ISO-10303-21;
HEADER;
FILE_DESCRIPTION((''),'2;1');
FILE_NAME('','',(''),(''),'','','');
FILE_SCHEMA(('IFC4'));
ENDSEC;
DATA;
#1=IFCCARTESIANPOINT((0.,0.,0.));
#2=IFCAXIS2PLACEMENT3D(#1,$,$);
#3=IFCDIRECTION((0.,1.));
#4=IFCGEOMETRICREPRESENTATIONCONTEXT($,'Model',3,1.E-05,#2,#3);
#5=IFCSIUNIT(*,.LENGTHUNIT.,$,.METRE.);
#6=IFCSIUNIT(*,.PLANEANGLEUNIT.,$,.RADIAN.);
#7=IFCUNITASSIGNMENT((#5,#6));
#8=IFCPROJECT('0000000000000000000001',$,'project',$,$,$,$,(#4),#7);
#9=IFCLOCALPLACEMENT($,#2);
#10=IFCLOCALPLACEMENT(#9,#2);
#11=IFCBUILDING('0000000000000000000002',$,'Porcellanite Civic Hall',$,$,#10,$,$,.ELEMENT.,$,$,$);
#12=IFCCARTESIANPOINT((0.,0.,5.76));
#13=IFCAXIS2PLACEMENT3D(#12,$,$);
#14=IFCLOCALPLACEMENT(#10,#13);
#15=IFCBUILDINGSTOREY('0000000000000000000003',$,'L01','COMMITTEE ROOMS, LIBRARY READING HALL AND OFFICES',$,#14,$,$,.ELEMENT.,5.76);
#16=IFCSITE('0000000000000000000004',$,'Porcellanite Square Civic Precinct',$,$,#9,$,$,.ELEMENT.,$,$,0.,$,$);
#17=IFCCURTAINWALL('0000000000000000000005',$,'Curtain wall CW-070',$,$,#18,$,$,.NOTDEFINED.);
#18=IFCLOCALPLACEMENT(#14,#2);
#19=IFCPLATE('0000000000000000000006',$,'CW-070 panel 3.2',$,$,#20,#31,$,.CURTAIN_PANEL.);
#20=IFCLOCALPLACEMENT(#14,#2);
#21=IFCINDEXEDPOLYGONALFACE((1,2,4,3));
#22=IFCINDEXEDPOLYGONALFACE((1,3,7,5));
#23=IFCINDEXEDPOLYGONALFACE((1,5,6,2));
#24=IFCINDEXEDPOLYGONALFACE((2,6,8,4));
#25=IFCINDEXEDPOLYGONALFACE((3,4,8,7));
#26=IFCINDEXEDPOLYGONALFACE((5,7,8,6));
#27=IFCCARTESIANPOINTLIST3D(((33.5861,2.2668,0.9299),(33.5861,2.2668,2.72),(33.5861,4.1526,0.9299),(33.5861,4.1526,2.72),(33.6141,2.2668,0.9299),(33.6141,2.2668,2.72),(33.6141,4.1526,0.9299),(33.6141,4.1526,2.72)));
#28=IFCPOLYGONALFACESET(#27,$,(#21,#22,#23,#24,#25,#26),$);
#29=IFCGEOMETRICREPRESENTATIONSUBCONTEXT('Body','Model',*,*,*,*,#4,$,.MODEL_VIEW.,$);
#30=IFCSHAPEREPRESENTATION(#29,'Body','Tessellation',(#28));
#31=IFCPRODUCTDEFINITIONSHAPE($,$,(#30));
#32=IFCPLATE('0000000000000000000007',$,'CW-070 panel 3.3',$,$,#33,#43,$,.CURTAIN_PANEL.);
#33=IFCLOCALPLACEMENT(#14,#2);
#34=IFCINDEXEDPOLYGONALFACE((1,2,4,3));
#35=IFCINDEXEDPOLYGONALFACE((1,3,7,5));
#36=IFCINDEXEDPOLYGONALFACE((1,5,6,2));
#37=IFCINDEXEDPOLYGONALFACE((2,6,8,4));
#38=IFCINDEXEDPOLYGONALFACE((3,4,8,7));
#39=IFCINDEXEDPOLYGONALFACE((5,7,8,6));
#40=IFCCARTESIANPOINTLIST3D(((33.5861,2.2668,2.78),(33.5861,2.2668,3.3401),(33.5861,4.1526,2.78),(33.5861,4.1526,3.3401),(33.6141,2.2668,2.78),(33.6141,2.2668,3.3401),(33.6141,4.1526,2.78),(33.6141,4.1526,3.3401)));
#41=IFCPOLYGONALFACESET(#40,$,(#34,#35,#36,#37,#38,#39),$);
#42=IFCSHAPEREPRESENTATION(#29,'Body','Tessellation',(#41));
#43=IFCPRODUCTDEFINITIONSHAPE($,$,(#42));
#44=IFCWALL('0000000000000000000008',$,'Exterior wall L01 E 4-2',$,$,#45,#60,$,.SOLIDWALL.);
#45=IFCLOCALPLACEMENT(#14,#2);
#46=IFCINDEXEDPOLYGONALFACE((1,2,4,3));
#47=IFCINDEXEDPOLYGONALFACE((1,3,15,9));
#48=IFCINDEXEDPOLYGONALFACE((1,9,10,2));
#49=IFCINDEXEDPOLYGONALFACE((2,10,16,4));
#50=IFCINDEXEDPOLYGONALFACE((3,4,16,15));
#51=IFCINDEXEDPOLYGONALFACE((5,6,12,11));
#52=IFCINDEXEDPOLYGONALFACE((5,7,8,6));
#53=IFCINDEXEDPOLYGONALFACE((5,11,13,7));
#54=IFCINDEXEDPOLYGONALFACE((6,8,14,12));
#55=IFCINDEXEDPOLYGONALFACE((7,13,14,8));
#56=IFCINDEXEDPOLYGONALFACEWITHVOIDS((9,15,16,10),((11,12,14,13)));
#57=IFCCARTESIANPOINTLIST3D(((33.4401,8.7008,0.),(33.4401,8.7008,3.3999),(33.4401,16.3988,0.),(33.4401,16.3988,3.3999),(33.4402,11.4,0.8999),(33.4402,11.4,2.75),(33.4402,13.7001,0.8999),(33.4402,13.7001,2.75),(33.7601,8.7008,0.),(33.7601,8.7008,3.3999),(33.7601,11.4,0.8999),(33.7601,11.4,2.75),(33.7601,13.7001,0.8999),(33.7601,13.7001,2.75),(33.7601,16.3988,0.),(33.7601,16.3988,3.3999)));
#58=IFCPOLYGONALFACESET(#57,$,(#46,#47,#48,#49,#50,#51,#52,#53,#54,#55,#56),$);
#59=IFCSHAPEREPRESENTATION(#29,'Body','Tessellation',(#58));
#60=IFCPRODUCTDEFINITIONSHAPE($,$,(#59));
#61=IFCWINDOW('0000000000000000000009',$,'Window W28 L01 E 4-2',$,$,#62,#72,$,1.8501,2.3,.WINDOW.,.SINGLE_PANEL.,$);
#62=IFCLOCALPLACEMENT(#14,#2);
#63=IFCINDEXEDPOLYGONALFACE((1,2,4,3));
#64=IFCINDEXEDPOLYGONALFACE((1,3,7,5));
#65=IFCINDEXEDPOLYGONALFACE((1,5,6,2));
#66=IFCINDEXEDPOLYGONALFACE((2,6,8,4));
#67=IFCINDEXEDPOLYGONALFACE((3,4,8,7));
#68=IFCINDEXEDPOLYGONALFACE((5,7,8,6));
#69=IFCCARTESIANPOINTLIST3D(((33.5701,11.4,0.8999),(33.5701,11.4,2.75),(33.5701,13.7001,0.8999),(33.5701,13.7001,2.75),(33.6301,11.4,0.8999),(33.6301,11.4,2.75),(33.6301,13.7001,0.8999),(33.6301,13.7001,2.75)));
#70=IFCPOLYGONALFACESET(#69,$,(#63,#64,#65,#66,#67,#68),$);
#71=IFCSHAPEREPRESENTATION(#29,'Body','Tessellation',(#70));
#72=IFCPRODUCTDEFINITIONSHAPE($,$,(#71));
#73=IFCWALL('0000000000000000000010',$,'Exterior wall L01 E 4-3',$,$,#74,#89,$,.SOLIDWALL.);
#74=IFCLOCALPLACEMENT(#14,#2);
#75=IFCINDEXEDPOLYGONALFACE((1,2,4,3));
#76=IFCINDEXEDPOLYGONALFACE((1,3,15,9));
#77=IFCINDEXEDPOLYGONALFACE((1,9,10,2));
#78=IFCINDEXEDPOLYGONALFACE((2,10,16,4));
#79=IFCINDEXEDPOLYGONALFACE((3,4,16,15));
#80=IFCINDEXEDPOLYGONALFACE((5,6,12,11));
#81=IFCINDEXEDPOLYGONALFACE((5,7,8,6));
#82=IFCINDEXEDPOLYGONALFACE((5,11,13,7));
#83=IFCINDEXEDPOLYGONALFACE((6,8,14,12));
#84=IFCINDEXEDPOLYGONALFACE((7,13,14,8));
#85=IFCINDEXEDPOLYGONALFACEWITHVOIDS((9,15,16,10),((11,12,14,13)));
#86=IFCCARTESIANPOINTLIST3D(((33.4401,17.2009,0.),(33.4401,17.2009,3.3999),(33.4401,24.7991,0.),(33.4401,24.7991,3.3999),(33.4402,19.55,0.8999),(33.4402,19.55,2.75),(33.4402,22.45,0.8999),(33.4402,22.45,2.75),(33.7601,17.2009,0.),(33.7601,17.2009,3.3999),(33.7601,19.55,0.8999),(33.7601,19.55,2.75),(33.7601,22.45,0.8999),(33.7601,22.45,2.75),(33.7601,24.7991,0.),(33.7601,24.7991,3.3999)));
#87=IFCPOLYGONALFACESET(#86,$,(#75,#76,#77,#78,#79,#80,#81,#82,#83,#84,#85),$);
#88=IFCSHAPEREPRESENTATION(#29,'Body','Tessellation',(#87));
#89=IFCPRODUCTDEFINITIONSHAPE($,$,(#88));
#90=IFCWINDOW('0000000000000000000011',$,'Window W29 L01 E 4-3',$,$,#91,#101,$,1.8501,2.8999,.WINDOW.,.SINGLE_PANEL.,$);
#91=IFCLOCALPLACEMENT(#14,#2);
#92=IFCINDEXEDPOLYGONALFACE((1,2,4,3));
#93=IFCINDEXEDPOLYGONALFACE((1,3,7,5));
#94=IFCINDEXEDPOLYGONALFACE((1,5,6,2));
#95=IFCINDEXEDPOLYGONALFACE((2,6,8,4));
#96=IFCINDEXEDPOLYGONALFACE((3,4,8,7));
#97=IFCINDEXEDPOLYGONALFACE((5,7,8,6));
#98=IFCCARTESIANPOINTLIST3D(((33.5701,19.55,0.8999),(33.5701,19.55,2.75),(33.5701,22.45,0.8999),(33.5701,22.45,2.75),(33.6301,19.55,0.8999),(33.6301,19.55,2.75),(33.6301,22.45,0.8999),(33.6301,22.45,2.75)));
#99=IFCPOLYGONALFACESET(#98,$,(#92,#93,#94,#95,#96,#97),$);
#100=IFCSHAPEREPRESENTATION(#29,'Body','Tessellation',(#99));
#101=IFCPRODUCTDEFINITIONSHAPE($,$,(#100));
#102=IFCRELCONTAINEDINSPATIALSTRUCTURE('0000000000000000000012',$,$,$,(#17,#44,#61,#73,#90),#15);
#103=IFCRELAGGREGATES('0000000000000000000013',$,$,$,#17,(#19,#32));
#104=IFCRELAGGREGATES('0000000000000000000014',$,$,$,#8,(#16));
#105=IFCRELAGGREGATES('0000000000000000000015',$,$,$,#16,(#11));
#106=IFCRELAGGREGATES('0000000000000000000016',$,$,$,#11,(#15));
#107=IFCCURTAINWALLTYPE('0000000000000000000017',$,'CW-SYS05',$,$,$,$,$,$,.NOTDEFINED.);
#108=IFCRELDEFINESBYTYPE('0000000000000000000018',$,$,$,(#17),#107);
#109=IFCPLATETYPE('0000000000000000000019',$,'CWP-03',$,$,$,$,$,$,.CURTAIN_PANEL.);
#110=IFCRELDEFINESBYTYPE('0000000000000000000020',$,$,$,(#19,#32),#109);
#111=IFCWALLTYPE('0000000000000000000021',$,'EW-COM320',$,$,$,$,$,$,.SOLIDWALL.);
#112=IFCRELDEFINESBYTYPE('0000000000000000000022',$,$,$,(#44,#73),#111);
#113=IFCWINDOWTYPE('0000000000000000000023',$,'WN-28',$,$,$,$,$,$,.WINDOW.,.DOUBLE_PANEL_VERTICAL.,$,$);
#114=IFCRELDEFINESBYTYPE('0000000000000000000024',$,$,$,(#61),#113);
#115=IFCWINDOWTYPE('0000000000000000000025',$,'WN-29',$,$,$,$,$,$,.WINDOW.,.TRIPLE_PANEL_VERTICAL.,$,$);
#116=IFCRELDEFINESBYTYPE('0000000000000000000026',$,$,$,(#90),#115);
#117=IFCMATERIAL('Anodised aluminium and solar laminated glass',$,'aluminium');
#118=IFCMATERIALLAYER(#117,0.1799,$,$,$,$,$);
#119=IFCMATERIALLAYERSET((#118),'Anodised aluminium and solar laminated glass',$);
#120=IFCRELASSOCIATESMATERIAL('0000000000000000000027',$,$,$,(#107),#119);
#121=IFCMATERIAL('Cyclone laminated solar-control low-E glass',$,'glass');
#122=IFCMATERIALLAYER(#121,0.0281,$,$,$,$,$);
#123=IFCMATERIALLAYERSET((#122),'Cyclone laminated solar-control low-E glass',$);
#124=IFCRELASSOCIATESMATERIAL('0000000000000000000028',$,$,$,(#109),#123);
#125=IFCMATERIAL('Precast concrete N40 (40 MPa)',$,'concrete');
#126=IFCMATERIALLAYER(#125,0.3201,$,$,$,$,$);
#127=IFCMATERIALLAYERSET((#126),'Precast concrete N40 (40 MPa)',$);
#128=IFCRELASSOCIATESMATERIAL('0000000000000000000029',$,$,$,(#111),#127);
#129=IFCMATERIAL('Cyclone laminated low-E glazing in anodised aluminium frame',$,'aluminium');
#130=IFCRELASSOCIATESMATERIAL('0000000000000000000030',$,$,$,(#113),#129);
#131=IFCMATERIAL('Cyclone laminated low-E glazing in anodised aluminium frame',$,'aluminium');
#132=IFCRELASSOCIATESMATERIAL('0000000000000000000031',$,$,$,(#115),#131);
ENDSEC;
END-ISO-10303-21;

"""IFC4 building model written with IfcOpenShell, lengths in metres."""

from ifc_helpers import new_model, si_unit, direction, frame, frame_2d, origin, origin_2d, place, context, subcontext, project, spatial, rectangle, extrude, material, layer, layer_set, type_object, element, fill, aggregate, save


model = new_model("IFC4")

# Units and contexts
model_context = context("Model", 3, precision=1e-05, world=origin(), true_north=direction((0.0, 1.0)))
body_context = subcontext(model_context, "Body", "Model", "MODEL_VIEW")
ifc_project = project(units=[si_unit("LENGTHUNIT", "METRE"), si_unit("PLANEANGLEUNIT", "RADIAN")], contexts=[model_context])

# Site, building, storey
site_placement = place(None, origin())
site = spatial("IfcSite", under=ifc_project, at=site_placement, Name="Porcellanite Square Civic Precinct", CompositionType="ELEMENT", RefElevation=0.0)
building_placement = place(site_placement, origin())
building = spatial("IfcBuilding", under=site, at=building_placement, Name="Porcellanite Civic Hall", CompositionType="ELEMENT")
storey_placement = place(building_placement, frame((0.0, 0.0, 5.76)))
storey = spatial("IfcBuildingStorey", under=building, at=storey_placement, Name="L01", Description="COMMITTEE ROOMS, LIBRARY READING HALL AND OFFICES", CompositionType="ELEMENT", Elevation=5.76)

# Curtain wall
ifc_material_1 = material(Name="Anodised aluminium and solar laminated glass", Category="aluminium")
ifc_layer_1 = layer(ifc_material_1, 0.1799)
ifc_layer_set_1 = layer_set([ifc_layer_1], Name="Anodised aluminium and solar laminated glass")
curtain_wall_type = type_object("IfcCurtainWallType", Name="CW-SYS05", PredefinedType="NOTDEFINED", material=ifc_layer_set_1)
curtain_wall_placement = place(storey_placement, origin())
curtain_wall = element("IfcCurtainWall", 1, at=curtain_wall_placement, inside=storey, type_object=curtain_wall_type, Name="Curtain wall CW-070", PredefinedType="NOTDEFINED")

# Plates
ifc_material_2 = material(Name="Cyclone laminated solar-control low-E glass", Category="glass")
ifc_layer_2 = layer(ifc_material_2, 0.0281)
ifc_layer_set_2 = layer_set([ifc_layer_2], Name="Cyclone laminated solar-control low-E glass")
plate_type = type_object("IfcPlateType", Name="CWP-03", PredefinedType="CURTAIN_PANEL", material=ifc_layer_set_2)
plate_1_placement = place(storey_placement, frame((33.6001, 3.2097, 0.9299), z_axis=(0.0, 0.0, 1.0), x_axis=(0.0, -1.0, 0.0)))
plate_1 = element("IfcPlate", 2, at=plate_1_placement, type_object=plate_type, Name="CW-070 panel 3.2", PredefinedType="CURTAIN_PANEL", context=body_context, shape_type="SweptSolid", body=[
    extrude(rectangle(XDim=1.8857, YDim=0.0281, at=origin_2d()), origin(), (0.0, 0.0, 1.0), 1.79),
])
plate_2_placement = place(storey_placement, frame((33.6001, 3.2097, 2.78), z_axis=(0.0, 0.0, 1.0), x_axis=(0.0, -1.0, 0.0)))
plate_2 = element("IfcPlate", 3, at=plate_2_placement, type_object=plate_type, Name="CW-070 panel 3.3", PredefinedType="CURTAIN_PANEL", context=body_context, shape_type="SweptSolid", body=[
    extrude(rectangle(XDim=1.8857, YDim=0.0281, at=origin_2d()), origin(), (0.0, 0.0, 1.0), 0.5601),
])
aggregate(curtain_wall, [plate_1, plate_2])

# Walls, openings, windows
ifc_material_3 = material(Name="Precast concrete N40 (40 MPa)", Category="concrete")
ifc_layer_3 = layer(ifc_material_3, 0.3201)
ifc_layer_set_3 = layer_set([ifc_layer_3], Name="Precast concrete N40 (40 MPa)")
wall_type = type_object("IfcWallType", Name="EW-COM320", PredefinedType="SOLIDWALL", material=ifc_layer_set_3)
wall_1_placement = place(storey_placement, frame((33.6001, 16.3989, 0.0), z_axis=(0.0, 0.0, 1.0), x_axis=(0.0, -1.0, 0.0)))
wall_1 = element("IfcWall", 4, at=wall_1_placement, inside=storey, type_object=wall_type, Name="Exterior wall L01 E 4-2", PredefinedType="SOLIDWALL", context=body_context, shape_type="SweptSolid", body=[
    extrude(rectangle(XDim=7.698, YDim=0.3201, at=frame_2d((3.8491, 0.0))), origin(), (0.0, 0.0, 1.0), 3.3999),
])
opening_1_placement = place(wall_1_placement, frame((2.699, 0.0, 0.8999)))
opening_1 = element("IfcOpeningElement", 5, at=opening_1_placement, cuts=wall_1, PredefinedType="OPENING", context=body_context, shape_type="SweptSolid", body=[
    extrude(rectangle(XDim=2.3, YDim=1.8501, at=frame_2d((1.1499, 0.925))), frame((0.0, 0.1602, 0.0), z_axis=(0.0, -1.0, 0.0), x_axis=(1.0, 0.0, 0.0)), (0.0, 0.0, 1.0), 0.3201),
])
ifc_material_4 = material(Name="Cyclone laminated low-E glazing in anodised aluminium frame", Category="aluminium")
window_type_1 = type_object("IfcWindowType", Name="WN-28", PartitioningType="DOUBLE_PANEL_VERTICAL", PredefinedType="WINDOW", material=ifc_material_4)
window_1_placement = place(opening_1_placement, origin())
window_1 = element("IfcWindow", 6, at=window_1_placement, inside=storey, type_object=window_type_1, Name="Window W28 L01 E 4-2", OverallHeight=1.8501, OverallWidth=2.3, PartitioningType="SINGLE_PANEL", PredefinedType="WINDOW", context=body_context, shape_type="SweptSolid", body=[
    extrude(rectangle(XDim=2.3, YDim=1.8501, at=frame_2d((1.1499, 0.925))), frame((0.0, 0.03, 0.0), z_axis=(0.0, -1.0, 0.0), x_axis=(1.0, 0.0, 0.0)), (0.0, 0.0, 1.0), 0.0601),
])
fill(opening_1, window_1)
wall_2_placement = place(storey_placement, frame((33.6001, 24.7991, 0.0), z_axis=(0.0, 0.0, 1.0), x_axis=(0.0, -1.0, 0.0)))
wall_2 = element("IfcWall", 7, at=wall_2_placement, inside=storey, type_object=wall_type, Name="Exterior wall L01 E 4-3", PredefinedType="SOLIDWALL", context=body_context, shape_type="SweptSolid", body=[
    extrude(rectangle(XDim=7.5981, YDim=0.3201, at=frame_2d((3.7991, 0.0))), origin(), (0.0, 0.0, 1.0), 3.3999),
])
opening_2_placement = place(wall_2_placement, frame((2.3491, 0.0, 0.8999)))
opening_2 = element("IfcOpeningElement", 8, at=opening_2_placement, cuts=wall_2, PredefinedType="OPENING", context=body_context, shape_type="SweptSolid", body=[
    extrude(rectangle(XDim=2.8999, YDim=1.8501, at=frame_2d((1.45, 0.925))), frame((0.0, 0.1602, 0.0), z_axis=(0.0, -1.0, 0.0), x_axis=(1.0, 0.0, 0.0)), (0.0, 0.0, 1.0), 0.3201),
])
ifc_material_5 = material(Name="Cyclone laminated low-E glazing in anodised aluminium frame", Category="aluminium")
window_type_2 = type_object("IfcWindowType", Name="WN-29", PartitioningType="TRIPLE_PANEL_VERTICAL", PredefinedType="WINDOW", material=ifc_material_5)
window_2_placement = place(opening_2_placement, origin())
window_2 = element("IfcWindow", 9, at=window_2_placement, inside=storey, type_object=window_type_2, Name="Window W29 L01 E 4-3", OverallHeight=1.8501, OverallWidth=2.8999, PartitioningType="SINGLE_PANEL", PredefinedType="WINDOW", context=body_context, shape_type="SweptSolid", body=[
    extrude(rectangle(XDim=2.8999, YDim=1.8501, at=frame_2d((1.45, 0.925))), frame((0.0, 0.03, 0.0), z_axis=(0.0, -1.0, 0.0), x_axis=(1.0, 0.0, 0.0)), (0.0, 0.0, 1.0), 0.0601),
])
fill(opening_2, window_2)

save(model, "model.ifc")
